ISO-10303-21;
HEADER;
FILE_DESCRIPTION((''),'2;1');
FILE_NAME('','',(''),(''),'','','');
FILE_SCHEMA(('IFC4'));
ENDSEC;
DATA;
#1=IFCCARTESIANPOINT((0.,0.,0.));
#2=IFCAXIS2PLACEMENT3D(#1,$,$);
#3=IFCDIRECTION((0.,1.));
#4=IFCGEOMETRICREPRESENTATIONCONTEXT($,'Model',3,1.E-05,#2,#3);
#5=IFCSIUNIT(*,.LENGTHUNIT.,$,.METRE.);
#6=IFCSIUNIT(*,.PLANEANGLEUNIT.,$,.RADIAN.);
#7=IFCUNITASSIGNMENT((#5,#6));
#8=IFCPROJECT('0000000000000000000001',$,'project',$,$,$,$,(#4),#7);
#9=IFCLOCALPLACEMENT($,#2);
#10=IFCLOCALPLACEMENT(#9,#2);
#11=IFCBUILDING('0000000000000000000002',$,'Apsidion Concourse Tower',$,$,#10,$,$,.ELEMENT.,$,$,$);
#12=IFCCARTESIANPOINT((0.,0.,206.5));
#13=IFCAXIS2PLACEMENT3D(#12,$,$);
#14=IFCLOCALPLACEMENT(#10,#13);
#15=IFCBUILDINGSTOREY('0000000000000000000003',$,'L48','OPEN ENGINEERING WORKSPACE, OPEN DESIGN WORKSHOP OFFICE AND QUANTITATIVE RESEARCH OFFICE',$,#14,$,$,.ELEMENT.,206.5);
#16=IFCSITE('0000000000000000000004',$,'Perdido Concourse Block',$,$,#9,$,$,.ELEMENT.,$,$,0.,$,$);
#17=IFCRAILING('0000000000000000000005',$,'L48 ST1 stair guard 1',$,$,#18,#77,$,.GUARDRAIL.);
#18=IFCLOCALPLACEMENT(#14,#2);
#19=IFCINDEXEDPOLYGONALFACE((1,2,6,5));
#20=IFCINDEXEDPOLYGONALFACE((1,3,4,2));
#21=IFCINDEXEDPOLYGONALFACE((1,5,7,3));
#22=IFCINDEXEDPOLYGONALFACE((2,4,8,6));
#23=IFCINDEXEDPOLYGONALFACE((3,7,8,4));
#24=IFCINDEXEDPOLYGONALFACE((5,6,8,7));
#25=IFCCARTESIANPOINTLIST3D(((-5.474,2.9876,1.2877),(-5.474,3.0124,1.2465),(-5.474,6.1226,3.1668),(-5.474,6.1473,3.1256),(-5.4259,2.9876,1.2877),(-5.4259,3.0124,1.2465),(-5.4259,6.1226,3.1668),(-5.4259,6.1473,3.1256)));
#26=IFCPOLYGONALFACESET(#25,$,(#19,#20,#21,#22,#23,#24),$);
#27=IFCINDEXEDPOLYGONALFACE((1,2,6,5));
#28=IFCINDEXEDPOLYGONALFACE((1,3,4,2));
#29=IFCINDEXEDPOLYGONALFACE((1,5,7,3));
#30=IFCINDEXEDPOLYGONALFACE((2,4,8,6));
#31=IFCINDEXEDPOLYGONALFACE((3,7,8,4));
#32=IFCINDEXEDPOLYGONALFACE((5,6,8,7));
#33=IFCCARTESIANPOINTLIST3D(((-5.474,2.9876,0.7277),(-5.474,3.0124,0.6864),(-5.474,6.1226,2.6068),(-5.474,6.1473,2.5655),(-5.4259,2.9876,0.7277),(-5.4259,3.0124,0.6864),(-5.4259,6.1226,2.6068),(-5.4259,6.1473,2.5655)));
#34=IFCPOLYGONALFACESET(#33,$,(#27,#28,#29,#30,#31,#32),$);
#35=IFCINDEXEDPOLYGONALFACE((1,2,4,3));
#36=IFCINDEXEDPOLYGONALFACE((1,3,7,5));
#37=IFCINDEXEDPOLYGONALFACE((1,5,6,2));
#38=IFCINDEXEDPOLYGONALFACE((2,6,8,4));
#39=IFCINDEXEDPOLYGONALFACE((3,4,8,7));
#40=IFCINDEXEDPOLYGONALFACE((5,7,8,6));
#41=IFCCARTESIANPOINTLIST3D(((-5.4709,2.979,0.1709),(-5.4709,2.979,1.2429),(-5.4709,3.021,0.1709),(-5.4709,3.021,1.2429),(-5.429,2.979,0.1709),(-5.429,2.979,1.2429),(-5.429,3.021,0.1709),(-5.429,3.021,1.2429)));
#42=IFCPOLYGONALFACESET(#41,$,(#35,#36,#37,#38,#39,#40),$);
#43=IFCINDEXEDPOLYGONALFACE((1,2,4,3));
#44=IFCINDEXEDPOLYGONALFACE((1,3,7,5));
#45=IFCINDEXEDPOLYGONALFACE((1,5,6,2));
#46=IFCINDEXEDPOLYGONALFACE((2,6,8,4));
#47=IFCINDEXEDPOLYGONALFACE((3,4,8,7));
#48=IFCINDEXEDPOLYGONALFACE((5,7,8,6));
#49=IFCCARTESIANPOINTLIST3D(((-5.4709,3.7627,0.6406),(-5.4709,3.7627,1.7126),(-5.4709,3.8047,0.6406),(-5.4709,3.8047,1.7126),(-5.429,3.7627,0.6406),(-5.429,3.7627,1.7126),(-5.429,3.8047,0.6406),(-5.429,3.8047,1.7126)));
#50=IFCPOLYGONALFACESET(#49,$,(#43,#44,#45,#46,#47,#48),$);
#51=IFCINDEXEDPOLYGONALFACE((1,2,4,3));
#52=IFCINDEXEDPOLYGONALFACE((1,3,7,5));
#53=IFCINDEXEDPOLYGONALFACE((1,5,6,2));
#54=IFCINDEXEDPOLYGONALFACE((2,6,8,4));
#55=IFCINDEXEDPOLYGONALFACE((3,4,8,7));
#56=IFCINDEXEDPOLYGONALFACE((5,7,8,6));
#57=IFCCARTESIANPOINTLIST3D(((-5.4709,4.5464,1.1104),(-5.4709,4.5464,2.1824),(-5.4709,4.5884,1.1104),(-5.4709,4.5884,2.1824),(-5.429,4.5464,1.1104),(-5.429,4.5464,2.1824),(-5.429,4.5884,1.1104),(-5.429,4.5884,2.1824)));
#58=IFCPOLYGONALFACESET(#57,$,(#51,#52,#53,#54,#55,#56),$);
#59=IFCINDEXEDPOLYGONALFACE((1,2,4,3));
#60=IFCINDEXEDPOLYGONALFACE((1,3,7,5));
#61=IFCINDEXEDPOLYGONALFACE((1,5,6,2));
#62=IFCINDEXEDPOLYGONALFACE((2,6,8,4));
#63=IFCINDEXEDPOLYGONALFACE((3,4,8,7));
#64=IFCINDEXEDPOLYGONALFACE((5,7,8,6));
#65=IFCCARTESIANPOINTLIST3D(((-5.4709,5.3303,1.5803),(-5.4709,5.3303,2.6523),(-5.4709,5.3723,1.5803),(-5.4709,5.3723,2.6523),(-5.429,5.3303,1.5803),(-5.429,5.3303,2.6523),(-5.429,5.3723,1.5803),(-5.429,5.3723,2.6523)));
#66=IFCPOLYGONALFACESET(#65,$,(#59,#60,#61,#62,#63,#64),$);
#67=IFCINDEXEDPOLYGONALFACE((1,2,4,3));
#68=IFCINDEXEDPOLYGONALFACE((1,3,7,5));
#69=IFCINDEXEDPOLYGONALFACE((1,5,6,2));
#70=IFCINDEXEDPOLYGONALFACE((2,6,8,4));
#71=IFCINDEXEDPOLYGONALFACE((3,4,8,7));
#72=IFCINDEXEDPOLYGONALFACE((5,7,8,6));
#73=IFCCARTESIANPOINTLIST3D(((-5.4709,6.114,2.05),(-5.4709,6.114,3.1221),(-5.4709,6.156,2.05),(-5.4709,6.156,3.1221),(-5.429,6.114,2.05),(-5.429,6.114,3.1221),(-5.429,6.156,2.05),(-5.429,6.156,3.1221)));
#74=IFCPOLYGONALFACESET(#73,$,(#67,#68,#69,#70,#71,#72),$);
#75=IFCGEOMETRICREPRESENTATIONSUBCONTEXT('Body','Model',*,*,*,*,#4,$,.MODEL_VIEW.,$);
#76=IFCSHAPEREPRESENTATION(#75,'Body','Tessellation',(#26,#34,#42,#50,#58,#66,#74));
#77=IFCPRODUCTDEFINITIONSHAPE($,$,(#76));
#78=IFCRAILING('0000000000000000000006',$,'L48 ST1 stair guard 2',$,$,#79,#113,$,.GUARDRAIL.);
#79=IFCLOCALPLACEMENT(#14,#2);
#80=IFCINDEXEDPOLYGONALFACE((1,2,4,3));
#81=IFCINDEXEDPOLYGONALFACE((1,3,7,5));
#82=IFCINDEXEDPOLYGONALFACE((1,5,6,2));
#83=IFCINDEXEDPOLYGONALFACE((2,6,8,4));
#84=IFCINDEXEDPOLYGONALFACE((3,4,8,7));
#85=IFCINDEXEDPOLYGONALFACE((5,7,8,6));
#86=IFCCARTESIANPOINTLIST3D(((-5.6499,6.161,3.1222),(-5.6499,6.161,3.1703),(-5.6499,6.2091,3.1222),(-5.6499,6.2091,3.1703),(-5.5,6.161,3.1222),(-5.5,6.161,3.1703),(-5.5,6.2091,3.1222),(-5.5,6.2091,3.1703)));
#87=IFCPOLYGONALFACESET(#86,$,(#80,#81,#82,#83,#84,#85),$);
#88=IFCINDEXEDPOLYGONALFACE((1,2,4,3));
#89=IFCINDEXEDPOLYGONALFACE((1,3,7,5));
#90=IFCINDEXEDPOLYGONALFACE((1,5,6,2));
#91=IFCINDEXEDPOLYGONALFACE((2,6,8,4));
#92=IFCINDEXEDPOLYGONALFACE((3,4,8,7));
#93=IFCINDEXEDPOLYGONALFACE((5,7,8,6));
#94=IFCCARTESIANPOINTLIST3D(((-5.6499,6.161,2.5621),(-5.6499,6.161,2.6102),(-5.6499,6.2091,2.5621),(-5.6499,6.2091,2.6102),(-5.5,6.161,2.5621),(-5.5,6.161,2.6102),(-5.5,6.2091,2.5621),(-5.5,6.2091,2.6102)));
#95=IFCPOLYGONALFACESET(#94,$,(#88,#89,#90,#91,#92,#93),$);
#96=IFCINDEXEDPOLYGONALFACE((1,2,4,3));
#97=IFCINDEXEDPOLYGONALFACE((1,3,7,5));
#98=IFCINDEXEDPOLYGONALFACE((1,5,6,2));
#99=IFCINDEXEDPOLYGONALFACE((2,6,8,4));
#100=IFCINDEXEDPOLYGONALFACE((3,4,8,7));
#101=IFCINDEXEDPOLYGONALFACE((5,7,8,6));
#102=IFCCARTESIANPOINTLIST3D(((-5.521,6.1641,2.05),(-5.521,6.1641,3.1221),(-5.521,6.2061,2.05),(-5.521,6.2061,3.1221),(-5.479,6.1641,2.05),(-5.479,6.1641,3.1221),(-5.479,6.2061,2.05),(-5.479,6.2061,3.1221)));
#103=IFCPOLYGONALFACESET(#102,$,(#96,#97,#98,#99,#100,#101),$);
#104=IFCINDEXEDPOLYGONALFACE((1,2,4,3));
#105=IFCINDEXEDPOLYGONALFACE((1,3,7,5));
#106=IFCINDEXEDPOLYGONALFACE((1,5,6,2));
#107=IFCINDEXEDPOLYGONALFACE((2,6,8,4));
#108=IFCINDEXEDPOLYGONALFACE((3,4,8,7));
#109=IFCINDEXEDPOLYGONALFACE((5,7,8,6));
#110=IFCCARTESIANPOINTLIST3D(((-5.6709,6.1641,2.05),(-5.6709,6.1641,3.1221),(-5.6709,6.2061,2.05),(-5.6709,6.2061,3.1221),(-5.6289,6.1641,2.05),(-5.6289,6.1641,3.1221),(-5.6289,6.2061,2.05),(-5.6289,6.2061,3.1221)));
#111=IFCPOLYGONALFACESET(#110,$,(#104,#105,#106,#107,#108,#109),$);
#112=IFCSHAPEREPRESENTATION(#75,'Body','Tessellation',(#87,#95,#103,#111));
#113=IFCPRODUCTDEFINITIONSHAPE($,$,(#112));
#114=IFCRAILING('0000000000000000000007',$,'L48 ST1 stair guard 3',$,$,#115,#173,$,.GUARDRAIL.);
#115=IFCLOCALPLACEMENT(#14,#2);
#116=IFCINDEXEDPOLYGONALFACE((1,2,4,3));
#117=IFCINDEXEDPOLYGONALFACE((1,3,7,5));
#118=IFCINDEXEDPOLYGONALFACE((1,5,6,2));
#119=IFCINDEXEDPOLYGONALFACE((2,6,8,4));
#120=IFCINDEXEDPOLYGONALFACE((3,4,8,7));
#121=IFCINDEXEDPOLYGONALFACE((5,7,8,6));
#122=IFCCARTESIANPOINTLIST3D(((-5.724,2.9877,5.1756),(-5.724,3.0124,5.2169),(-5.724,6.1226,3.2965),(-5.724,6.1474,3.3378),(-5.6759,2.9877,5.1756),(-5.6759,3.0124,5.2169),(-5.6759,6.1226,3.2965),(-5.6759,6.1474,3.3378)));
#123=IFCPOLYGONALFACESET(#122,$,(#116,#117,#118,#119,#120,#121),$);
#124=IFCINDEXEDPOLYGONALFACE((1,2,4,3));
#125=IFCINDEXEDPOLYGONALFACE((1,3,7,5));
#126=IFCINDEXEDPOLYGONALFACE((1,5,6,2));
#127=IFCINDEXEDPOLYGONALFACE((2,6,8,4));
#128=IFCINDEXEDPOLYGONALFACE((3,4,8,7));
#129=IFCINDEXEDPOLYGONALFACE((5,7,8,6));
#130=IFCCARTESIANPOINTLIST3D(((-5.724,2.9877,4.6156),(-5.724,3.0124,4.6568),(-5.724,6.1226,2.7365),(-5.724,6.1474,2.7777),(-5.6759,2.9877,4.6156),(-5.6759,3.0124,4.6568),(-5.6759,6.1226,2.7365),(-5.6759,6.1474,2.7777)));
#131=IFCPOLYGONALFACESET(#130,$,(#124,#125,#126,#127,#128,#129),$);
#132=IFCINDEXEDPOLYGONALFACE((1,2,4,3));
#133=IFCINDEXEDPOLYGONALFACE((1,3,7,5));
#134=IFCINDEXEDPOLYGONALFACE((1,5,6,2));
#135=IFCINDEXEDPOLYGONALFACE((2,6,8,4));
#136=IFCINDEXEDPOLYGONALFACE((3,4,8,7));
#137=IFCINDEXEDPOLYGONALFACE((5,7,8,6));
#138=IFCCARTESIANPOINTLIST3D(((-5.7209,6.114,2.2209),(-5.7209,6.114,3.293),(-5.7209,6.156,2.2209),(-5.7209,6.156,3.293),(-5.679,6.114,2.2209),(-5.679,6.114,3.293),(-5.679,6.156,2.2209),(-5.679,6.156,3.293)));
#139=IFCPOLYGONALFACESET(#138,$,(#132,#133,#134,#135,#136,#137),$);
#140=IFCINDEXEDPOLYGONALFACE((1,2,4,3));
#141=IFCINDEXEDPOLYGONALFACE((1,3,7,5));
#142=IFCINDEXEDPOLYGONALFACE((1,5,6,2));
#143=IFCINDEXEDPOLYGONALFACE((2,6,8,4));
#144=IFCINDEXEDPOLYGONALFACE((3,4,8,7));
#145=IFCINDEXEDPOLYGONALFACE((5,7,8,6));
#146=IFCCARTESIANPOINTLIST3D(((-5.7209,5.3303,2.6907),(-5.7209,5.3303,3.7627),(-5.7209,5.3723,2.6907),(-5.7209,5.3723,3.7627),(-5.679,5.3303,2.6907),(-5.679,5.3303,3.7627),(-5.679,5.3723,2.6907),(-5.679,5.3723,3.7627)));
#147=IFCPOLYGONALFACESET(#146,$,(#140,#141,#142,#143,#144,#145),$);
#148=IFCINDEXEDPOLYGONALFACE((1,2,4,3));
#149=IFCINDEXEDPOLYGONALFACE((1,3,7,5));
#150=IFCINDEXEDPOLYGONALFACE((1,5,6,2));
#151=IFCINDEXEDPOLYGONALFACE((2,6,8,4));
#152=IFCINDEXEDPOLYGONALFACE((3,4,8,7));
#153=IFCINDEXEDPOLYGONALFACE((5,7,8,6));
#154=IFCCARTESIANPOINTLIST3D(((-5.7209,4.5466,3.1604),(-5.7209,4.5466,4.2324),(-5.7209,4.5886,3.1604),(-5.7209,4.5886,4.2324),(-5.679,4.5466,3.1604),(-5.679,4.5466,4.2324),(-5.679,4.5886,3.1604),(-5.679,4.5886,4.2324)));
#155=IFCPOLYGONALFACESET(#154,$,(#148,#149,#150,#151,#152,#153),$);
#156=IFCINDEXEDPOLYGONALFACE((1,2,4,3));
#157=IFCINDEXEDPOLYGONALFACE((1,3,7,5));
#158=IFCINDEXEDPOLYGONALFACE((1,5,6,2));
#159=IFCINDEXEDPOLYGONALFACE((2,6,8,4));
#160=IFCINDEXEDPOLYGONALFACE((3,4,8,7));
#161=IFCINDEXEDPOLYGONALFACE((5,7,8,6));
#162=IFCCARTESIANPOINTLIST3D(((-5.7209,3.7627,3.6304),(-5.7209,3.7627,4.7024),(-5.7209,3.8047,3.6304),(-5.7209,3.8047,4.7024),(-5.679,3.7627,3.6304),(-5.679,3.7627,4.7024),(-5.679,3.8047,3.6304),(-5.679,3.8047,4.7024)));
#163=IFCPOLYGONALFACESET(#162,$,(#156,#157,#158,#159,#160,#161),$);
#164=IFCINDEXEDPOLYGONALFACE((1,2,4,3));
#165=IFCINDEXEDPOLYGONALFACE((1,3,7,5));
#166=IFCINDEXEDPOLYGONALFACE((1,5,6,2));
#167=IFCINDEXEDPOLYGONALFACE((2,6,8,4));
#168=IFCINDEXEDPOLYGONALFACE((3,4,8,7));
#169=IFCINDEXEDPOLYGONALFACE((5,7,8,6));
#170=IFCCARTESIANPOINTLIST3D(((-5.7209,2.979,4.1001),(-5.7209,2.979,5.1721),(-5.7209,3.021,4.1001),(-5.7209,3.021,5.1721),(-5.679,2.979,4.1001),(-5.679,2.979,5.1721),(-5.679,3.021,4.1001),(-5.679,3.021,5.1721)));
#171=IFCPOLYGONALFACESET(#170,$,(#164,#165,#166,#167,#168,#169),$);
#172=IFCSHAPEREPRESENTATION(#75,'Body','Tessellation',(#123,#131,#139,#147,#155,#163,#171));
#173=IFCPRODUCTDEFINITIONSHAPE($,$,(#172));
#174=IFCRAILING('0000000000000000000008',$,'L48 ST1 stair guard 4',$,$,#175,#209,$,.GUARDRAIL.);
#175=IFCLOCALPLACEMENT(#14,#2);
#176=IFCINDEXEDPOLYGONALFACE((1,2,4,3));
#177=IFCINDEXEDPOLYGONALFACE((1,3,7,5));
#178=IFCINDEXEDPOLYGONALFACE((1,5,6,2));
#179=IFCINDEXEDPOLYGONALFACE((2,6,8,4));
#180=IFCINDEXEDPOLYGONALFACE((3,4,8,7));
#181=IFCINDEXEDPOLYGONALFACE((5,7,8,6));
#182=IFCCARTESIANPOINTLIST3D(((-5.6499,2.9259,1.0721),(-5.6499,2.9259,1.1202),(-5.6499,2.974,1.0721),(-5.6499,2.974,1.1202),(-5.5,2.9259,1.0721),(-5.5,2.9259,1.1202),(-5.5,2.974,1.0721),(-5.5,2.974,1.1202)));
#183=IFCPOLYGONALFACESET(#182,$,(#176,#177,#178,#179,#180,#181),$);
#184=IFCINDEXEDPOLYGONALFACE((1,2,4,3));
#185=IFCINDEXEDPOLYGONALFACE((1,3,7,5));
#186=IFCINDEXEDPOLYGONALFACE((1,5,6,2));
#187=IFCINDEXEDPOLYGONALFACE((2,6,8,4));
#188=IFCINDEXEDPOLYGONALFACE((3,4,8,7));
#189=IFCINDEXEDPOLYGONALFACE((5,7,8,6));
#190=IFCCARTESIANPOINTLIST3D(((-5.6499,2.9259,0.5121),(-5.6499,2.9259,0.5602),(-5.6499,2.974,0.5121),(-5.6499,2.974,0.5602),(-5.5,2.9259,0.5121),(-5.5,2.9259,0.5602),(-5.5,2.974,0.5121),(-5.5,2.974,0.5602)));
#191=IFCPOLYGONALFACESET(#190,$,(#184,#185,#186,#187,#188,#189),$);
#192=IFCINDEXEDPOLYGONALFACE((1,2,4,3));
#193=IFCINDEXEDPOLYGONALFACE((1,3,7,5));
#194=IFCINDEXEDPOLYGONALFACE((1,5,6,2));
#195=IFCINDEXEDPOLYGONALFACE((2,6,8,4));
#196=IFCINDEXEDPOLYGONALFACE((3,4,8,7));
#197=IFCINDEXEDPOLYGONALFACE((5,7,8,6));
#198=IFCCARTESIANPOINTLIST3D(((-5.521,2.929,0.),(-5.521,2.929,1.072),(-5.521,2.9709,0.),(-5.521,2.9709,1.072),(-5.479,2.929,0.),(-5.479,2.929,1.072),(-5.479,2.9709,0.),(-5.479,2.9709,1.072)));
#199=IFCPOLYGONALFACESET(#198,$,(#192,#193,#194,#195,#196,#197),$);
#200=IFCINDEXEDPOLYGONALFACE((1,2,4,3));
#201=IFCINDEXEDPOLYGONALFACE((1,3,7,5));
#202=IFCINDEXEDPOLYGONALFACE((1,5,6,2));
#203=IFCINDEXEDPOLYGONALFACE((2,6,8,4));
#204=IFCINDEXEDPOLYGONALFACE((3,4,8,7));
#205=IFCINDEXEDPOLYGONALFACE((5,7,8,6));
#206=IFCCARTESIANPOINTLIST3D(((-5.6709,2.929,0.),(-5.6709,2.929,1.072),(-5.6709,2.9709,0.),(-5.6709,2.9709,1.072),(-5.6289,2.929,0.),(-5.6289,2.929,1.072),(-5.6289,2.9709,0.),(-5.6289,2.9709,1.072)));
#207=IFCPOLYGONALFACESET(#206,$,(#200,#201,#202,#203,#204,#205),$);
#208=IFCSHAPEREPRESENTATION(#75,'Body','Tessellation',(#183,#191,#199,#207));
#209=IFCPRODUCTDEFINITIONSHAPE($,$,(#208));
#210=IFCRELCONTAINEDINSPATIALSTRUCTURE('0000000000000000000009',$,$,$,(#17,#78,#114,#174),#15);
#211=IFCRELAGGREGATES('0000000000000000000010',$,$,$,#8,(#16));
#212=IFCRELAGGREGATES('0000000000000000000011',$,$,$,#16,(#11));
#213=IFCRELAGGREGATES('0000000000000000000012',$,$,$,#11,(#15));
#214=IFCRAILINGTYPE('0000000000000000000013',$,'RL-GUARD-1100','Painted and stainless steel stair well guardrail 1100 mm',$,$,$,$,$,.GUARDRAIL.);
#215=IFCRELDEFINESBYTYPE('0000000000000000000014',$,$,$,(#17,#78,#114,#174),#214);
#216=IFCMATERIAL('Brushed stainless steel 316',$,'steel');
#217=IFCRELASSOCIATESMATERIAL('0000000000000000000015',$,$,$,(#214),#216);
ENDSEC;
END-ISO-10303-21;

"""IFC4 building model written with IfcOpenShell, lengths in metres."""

from ifc_helpers import new_model, si_unit, direction, frame, origin, origin_2d, place, context, subcontext, project, spatial, rectangle, extrude, material, type_object, element, save


model = new_model("IFC4")

# Units and contexts
model_context = context("Model", 3, precision=1e-05, world=origin(), true_north=direction((0.0, 1.0)))
body_context = subcontext(model_context, "Body", "Model", "MODEL_VIEW")
ifc_project = project(units=[si_unit("LENGTHUNIT", "METRE"), si_unit("PLANEANGLEUNIT", "RADIAN")], contexts=[model_context])

# Site, building, storey
site_placement = place(None, origin())
site = spatial("IfcSite", under=ifc_project, at=site_placement, Name="Perdido Concourse Block", CompositionType="ELEMENT", RefElevation=0.0)
building_placement = place(site_placement, origin())
building = spatial("IfcBuilding", under=site, at=building_placement, Name="Apsidion Concourse Tower", CompositionType="ELEMENT")
storey_placement = place(building_placement, frame((0.0, 0.0, 206.5)))
storey = spatial("IfcBuildingStorey", under=building, at=storey_placement, Name="L48", Description="OPEN ENGINEERING WORKSPACE, OPEN DESIGN WORKSHOP OFFICE AND QUANTITATIVE RESEARCH OFFICE", CompositionType="ELEMENT", Elevation=206.5)

# Shared definitions
ifc_material_1 = material(Name="Brushed stainless steel 316", Category="steel")

# Railings
railing_type_1 = type_object("IfcRailingType", Name="RL-GUARD-1100", Description="Painted and stainless steel stair well guardrail 1100 mm", PredefinedType="GUARDRAIL", material=ifc_material_1)
railing_1_placement = place(storey_placement, frame((-5.45, 3.0, 0.1709)))
element("IfcRailing", 1, at=railing_1_placement, inside=storey, type_object=railing_type_1, Name="L48 ST1 stair guard 1", PredefinedType="GUARDRAIL", context=body_context, shape_type="SweptSolid", body=[
    extrude(rectangle(XDim=0.0481, YDim=0.0481, at=origin_2d()), frame((0.0, 0.0, 1.0962), z_axis=(0.0, 0.857717, 0.514122), x_axis=(-1.0, 0.0, 0.0)), (0.0, 0.0, 1.0), 3.655),
    extrude(rectangle(XDim=0.0481, YDim=0.0481, at=origin_2d()), frame((0.0, 0.0, 0.5361), z_axis=(0.0, 0.857717, 0.514122), x_axis=(-1.0, 0.0, 0.0)), (0.0, 0.0, 1.0), 3.655),
    extrude(rectangle(XDim=0.042, YDim=0.042, at=origin_2d()), origin(), (0.0, 0.0, 1.0), 1.072),
    extrude(rectangle(XDim=0.042, YDim=0.042, at=origin_2d()), frame((0.0, 0.7837, 0.4697)), (0.0, 0.0, 1.0), 1.072),
    extrude(rectangle(XDim=0.042, YDim=0.042, at=origin_2d()), frame((0.0, 1.5674, 0.9395)), (0.0, 0.0, 1.0), 1.072),
    extrude(rectangle(XDim=0.042, YDim=0.042, at=origin_2d()), frame((0.0, 2.3513, 1.4094)), (0.0, 0.0, 1.0), 1.072),
    extrude(rectangle(XDim=0.042, YDim=0.042, at=origin_2d()), frame((0.0, 3.135, 1.8792)), (0.0, 0.0, 1.0), 1.072),
])
railing_2_placement = place(storey_placement, frame((-5.5, 6.1851, 2.05)))
element("IfcRailing", 2, at=railing_2_placement, inside=storey, type_object=railing_type_1, Name="L48 ST1 stair guard 2", PredefinedType="GUARDRAIL", context=body_context, shape_type="SweptSolid", body=[
    extrude(rectangle(XDim=0.0481, YDim=0.0481, at=origin_2d()), frame((0.0, 0.0, 1.0962), z_axis=(-1.0, 0.0, 0.0), x_axis=(0.0, -1.0, 0.0)), (0.0, 0.0, 1.0), 0.1499),
    extrude(rectangle(XDim=0.0481, YDim=0.0481, at=origin_2d()), frame((0.0, 0.0, 0.5361), z_axis=(-1.0, 0.0, 0.0), x_axis=(0.0, -1.0, 0.0)), (0.0, 0.0, 1.0), 0.1499),
    extrude(rectangle(XDim=0.042, YDim=0.042, at=origin_2d()), origin(), (0.0, 0.0, 1.0), 1.072),
    extrude(rectangle(XDim=0.042, YDim=0.042, at=origin_2d()), frame((-0.1499, 0.0, 0.0)), (0.0, 0.0, 1.0), 1.072),
])
railing_3_placement = place(storey_placement, frame((-5.7, 6.135, 2.2209)))
element("IfcRailing", 3, at=railing_3_placement, inside=storey, type_object=railing_type_1, Name="L48 ST1 stair guard 3", PredefinedType="GUARDRAIL", context=body_context, shape_type="SweptSolid", body=[
    extrude(rectangle(XDim=0.0481, YDim=0.0481, at=origin_2d()), frame((0.0, 0.0, 1.0962), z_axis=(0.0, -0.857717, 0.514122), x_axis=(1.0, 0.0, 0.0)), (0.0, 0.0, 1.0), 3.655),
    extrude(rectangle(XDim=0.0481, YDim=0.0481, at=origin_2d()), frame((0.0, 0.0, 0.5361), z_axis=(0.0, -0.857717, 0.514122), x_axis=(1.0, 0.0, 0.0)), (0.0, 0.0, 1.0), 3.655),
    extrude(rectangle(XDim=0.042, YDim=0.042, at=origin_2d()), origin(), (0.0, 0.0, 1.0), 1.072),
    extrude(rectangle(XDim=0.042, YDim=0.042, at=origin_2d()), frame((0.0, -0.7837, 0.4697)), (0.0, 0.0, 1.0), 1.072),
    extrude(rectangle(XDim=0.042, YDim=0.042, at=origin_2d()), frame((0.0, -1.5674, 0.9395)), (0.0, 0.0, 1.0), 1.072),
    extrude(rectangle(XDim=0.042, YDim=0.042, at=origin_2d()), frame((0.0, -2.3513, 1.4094)), (0.0, 0.0, 1.0), 1.072),
    extrude(rectangle(XDim=0.042, YDim=0.042, at=origin_2d()), frame((0.0, -3.135, 1.8792)), (0.0, 0.0, 1.0), 1.072),
])
railing_4_placement = place(storey_placement, frame((-5.5, 2.95, 0.0)))
element("IfcRailing", 4, at=railing_4_placement, inside=storey, type_object=railing_type_1, Name="L48 ST1 stair guard 4", PredefinedType="GUARDRAIL", context=body_context, shape_type="SweptSolid", body=[
    extrude(rectangle(XDim=0.0481, YDim=0.0481, at=origin_2d()), frame((0.0, 0.0, 1.0962), z_axis=(-1.0, 0.0, 0.0), x_axis=(0.0, -1.0, 0.0)), (0.0, 0.0, 1.0), 0.1499),
    extrude(rectangle(XDim=0.0481, YDim=0.0481, at=origin_2d()), frame((0.0, 0.0, 0.5361), z_axis=(-1.0, 0.0, 0.0), x_axis=(0.0, -1.0, 0.0)), (0.0, 0.0, 1.0), 0.1499),
    extrude(rectangle(XDim=0.042, YDim=0.042, at=origin_2d()), origin(), (0.0, 0.0, 1.0), 1.072),
    extrude(rectangle(XDim=0.042, YDim=0.042, at=origin_2d()), frame((-0.1499, 0.0, 0.0)), (0.0, 0.0, 1.0), 1.072),
])

save(model, "model.ifc")
